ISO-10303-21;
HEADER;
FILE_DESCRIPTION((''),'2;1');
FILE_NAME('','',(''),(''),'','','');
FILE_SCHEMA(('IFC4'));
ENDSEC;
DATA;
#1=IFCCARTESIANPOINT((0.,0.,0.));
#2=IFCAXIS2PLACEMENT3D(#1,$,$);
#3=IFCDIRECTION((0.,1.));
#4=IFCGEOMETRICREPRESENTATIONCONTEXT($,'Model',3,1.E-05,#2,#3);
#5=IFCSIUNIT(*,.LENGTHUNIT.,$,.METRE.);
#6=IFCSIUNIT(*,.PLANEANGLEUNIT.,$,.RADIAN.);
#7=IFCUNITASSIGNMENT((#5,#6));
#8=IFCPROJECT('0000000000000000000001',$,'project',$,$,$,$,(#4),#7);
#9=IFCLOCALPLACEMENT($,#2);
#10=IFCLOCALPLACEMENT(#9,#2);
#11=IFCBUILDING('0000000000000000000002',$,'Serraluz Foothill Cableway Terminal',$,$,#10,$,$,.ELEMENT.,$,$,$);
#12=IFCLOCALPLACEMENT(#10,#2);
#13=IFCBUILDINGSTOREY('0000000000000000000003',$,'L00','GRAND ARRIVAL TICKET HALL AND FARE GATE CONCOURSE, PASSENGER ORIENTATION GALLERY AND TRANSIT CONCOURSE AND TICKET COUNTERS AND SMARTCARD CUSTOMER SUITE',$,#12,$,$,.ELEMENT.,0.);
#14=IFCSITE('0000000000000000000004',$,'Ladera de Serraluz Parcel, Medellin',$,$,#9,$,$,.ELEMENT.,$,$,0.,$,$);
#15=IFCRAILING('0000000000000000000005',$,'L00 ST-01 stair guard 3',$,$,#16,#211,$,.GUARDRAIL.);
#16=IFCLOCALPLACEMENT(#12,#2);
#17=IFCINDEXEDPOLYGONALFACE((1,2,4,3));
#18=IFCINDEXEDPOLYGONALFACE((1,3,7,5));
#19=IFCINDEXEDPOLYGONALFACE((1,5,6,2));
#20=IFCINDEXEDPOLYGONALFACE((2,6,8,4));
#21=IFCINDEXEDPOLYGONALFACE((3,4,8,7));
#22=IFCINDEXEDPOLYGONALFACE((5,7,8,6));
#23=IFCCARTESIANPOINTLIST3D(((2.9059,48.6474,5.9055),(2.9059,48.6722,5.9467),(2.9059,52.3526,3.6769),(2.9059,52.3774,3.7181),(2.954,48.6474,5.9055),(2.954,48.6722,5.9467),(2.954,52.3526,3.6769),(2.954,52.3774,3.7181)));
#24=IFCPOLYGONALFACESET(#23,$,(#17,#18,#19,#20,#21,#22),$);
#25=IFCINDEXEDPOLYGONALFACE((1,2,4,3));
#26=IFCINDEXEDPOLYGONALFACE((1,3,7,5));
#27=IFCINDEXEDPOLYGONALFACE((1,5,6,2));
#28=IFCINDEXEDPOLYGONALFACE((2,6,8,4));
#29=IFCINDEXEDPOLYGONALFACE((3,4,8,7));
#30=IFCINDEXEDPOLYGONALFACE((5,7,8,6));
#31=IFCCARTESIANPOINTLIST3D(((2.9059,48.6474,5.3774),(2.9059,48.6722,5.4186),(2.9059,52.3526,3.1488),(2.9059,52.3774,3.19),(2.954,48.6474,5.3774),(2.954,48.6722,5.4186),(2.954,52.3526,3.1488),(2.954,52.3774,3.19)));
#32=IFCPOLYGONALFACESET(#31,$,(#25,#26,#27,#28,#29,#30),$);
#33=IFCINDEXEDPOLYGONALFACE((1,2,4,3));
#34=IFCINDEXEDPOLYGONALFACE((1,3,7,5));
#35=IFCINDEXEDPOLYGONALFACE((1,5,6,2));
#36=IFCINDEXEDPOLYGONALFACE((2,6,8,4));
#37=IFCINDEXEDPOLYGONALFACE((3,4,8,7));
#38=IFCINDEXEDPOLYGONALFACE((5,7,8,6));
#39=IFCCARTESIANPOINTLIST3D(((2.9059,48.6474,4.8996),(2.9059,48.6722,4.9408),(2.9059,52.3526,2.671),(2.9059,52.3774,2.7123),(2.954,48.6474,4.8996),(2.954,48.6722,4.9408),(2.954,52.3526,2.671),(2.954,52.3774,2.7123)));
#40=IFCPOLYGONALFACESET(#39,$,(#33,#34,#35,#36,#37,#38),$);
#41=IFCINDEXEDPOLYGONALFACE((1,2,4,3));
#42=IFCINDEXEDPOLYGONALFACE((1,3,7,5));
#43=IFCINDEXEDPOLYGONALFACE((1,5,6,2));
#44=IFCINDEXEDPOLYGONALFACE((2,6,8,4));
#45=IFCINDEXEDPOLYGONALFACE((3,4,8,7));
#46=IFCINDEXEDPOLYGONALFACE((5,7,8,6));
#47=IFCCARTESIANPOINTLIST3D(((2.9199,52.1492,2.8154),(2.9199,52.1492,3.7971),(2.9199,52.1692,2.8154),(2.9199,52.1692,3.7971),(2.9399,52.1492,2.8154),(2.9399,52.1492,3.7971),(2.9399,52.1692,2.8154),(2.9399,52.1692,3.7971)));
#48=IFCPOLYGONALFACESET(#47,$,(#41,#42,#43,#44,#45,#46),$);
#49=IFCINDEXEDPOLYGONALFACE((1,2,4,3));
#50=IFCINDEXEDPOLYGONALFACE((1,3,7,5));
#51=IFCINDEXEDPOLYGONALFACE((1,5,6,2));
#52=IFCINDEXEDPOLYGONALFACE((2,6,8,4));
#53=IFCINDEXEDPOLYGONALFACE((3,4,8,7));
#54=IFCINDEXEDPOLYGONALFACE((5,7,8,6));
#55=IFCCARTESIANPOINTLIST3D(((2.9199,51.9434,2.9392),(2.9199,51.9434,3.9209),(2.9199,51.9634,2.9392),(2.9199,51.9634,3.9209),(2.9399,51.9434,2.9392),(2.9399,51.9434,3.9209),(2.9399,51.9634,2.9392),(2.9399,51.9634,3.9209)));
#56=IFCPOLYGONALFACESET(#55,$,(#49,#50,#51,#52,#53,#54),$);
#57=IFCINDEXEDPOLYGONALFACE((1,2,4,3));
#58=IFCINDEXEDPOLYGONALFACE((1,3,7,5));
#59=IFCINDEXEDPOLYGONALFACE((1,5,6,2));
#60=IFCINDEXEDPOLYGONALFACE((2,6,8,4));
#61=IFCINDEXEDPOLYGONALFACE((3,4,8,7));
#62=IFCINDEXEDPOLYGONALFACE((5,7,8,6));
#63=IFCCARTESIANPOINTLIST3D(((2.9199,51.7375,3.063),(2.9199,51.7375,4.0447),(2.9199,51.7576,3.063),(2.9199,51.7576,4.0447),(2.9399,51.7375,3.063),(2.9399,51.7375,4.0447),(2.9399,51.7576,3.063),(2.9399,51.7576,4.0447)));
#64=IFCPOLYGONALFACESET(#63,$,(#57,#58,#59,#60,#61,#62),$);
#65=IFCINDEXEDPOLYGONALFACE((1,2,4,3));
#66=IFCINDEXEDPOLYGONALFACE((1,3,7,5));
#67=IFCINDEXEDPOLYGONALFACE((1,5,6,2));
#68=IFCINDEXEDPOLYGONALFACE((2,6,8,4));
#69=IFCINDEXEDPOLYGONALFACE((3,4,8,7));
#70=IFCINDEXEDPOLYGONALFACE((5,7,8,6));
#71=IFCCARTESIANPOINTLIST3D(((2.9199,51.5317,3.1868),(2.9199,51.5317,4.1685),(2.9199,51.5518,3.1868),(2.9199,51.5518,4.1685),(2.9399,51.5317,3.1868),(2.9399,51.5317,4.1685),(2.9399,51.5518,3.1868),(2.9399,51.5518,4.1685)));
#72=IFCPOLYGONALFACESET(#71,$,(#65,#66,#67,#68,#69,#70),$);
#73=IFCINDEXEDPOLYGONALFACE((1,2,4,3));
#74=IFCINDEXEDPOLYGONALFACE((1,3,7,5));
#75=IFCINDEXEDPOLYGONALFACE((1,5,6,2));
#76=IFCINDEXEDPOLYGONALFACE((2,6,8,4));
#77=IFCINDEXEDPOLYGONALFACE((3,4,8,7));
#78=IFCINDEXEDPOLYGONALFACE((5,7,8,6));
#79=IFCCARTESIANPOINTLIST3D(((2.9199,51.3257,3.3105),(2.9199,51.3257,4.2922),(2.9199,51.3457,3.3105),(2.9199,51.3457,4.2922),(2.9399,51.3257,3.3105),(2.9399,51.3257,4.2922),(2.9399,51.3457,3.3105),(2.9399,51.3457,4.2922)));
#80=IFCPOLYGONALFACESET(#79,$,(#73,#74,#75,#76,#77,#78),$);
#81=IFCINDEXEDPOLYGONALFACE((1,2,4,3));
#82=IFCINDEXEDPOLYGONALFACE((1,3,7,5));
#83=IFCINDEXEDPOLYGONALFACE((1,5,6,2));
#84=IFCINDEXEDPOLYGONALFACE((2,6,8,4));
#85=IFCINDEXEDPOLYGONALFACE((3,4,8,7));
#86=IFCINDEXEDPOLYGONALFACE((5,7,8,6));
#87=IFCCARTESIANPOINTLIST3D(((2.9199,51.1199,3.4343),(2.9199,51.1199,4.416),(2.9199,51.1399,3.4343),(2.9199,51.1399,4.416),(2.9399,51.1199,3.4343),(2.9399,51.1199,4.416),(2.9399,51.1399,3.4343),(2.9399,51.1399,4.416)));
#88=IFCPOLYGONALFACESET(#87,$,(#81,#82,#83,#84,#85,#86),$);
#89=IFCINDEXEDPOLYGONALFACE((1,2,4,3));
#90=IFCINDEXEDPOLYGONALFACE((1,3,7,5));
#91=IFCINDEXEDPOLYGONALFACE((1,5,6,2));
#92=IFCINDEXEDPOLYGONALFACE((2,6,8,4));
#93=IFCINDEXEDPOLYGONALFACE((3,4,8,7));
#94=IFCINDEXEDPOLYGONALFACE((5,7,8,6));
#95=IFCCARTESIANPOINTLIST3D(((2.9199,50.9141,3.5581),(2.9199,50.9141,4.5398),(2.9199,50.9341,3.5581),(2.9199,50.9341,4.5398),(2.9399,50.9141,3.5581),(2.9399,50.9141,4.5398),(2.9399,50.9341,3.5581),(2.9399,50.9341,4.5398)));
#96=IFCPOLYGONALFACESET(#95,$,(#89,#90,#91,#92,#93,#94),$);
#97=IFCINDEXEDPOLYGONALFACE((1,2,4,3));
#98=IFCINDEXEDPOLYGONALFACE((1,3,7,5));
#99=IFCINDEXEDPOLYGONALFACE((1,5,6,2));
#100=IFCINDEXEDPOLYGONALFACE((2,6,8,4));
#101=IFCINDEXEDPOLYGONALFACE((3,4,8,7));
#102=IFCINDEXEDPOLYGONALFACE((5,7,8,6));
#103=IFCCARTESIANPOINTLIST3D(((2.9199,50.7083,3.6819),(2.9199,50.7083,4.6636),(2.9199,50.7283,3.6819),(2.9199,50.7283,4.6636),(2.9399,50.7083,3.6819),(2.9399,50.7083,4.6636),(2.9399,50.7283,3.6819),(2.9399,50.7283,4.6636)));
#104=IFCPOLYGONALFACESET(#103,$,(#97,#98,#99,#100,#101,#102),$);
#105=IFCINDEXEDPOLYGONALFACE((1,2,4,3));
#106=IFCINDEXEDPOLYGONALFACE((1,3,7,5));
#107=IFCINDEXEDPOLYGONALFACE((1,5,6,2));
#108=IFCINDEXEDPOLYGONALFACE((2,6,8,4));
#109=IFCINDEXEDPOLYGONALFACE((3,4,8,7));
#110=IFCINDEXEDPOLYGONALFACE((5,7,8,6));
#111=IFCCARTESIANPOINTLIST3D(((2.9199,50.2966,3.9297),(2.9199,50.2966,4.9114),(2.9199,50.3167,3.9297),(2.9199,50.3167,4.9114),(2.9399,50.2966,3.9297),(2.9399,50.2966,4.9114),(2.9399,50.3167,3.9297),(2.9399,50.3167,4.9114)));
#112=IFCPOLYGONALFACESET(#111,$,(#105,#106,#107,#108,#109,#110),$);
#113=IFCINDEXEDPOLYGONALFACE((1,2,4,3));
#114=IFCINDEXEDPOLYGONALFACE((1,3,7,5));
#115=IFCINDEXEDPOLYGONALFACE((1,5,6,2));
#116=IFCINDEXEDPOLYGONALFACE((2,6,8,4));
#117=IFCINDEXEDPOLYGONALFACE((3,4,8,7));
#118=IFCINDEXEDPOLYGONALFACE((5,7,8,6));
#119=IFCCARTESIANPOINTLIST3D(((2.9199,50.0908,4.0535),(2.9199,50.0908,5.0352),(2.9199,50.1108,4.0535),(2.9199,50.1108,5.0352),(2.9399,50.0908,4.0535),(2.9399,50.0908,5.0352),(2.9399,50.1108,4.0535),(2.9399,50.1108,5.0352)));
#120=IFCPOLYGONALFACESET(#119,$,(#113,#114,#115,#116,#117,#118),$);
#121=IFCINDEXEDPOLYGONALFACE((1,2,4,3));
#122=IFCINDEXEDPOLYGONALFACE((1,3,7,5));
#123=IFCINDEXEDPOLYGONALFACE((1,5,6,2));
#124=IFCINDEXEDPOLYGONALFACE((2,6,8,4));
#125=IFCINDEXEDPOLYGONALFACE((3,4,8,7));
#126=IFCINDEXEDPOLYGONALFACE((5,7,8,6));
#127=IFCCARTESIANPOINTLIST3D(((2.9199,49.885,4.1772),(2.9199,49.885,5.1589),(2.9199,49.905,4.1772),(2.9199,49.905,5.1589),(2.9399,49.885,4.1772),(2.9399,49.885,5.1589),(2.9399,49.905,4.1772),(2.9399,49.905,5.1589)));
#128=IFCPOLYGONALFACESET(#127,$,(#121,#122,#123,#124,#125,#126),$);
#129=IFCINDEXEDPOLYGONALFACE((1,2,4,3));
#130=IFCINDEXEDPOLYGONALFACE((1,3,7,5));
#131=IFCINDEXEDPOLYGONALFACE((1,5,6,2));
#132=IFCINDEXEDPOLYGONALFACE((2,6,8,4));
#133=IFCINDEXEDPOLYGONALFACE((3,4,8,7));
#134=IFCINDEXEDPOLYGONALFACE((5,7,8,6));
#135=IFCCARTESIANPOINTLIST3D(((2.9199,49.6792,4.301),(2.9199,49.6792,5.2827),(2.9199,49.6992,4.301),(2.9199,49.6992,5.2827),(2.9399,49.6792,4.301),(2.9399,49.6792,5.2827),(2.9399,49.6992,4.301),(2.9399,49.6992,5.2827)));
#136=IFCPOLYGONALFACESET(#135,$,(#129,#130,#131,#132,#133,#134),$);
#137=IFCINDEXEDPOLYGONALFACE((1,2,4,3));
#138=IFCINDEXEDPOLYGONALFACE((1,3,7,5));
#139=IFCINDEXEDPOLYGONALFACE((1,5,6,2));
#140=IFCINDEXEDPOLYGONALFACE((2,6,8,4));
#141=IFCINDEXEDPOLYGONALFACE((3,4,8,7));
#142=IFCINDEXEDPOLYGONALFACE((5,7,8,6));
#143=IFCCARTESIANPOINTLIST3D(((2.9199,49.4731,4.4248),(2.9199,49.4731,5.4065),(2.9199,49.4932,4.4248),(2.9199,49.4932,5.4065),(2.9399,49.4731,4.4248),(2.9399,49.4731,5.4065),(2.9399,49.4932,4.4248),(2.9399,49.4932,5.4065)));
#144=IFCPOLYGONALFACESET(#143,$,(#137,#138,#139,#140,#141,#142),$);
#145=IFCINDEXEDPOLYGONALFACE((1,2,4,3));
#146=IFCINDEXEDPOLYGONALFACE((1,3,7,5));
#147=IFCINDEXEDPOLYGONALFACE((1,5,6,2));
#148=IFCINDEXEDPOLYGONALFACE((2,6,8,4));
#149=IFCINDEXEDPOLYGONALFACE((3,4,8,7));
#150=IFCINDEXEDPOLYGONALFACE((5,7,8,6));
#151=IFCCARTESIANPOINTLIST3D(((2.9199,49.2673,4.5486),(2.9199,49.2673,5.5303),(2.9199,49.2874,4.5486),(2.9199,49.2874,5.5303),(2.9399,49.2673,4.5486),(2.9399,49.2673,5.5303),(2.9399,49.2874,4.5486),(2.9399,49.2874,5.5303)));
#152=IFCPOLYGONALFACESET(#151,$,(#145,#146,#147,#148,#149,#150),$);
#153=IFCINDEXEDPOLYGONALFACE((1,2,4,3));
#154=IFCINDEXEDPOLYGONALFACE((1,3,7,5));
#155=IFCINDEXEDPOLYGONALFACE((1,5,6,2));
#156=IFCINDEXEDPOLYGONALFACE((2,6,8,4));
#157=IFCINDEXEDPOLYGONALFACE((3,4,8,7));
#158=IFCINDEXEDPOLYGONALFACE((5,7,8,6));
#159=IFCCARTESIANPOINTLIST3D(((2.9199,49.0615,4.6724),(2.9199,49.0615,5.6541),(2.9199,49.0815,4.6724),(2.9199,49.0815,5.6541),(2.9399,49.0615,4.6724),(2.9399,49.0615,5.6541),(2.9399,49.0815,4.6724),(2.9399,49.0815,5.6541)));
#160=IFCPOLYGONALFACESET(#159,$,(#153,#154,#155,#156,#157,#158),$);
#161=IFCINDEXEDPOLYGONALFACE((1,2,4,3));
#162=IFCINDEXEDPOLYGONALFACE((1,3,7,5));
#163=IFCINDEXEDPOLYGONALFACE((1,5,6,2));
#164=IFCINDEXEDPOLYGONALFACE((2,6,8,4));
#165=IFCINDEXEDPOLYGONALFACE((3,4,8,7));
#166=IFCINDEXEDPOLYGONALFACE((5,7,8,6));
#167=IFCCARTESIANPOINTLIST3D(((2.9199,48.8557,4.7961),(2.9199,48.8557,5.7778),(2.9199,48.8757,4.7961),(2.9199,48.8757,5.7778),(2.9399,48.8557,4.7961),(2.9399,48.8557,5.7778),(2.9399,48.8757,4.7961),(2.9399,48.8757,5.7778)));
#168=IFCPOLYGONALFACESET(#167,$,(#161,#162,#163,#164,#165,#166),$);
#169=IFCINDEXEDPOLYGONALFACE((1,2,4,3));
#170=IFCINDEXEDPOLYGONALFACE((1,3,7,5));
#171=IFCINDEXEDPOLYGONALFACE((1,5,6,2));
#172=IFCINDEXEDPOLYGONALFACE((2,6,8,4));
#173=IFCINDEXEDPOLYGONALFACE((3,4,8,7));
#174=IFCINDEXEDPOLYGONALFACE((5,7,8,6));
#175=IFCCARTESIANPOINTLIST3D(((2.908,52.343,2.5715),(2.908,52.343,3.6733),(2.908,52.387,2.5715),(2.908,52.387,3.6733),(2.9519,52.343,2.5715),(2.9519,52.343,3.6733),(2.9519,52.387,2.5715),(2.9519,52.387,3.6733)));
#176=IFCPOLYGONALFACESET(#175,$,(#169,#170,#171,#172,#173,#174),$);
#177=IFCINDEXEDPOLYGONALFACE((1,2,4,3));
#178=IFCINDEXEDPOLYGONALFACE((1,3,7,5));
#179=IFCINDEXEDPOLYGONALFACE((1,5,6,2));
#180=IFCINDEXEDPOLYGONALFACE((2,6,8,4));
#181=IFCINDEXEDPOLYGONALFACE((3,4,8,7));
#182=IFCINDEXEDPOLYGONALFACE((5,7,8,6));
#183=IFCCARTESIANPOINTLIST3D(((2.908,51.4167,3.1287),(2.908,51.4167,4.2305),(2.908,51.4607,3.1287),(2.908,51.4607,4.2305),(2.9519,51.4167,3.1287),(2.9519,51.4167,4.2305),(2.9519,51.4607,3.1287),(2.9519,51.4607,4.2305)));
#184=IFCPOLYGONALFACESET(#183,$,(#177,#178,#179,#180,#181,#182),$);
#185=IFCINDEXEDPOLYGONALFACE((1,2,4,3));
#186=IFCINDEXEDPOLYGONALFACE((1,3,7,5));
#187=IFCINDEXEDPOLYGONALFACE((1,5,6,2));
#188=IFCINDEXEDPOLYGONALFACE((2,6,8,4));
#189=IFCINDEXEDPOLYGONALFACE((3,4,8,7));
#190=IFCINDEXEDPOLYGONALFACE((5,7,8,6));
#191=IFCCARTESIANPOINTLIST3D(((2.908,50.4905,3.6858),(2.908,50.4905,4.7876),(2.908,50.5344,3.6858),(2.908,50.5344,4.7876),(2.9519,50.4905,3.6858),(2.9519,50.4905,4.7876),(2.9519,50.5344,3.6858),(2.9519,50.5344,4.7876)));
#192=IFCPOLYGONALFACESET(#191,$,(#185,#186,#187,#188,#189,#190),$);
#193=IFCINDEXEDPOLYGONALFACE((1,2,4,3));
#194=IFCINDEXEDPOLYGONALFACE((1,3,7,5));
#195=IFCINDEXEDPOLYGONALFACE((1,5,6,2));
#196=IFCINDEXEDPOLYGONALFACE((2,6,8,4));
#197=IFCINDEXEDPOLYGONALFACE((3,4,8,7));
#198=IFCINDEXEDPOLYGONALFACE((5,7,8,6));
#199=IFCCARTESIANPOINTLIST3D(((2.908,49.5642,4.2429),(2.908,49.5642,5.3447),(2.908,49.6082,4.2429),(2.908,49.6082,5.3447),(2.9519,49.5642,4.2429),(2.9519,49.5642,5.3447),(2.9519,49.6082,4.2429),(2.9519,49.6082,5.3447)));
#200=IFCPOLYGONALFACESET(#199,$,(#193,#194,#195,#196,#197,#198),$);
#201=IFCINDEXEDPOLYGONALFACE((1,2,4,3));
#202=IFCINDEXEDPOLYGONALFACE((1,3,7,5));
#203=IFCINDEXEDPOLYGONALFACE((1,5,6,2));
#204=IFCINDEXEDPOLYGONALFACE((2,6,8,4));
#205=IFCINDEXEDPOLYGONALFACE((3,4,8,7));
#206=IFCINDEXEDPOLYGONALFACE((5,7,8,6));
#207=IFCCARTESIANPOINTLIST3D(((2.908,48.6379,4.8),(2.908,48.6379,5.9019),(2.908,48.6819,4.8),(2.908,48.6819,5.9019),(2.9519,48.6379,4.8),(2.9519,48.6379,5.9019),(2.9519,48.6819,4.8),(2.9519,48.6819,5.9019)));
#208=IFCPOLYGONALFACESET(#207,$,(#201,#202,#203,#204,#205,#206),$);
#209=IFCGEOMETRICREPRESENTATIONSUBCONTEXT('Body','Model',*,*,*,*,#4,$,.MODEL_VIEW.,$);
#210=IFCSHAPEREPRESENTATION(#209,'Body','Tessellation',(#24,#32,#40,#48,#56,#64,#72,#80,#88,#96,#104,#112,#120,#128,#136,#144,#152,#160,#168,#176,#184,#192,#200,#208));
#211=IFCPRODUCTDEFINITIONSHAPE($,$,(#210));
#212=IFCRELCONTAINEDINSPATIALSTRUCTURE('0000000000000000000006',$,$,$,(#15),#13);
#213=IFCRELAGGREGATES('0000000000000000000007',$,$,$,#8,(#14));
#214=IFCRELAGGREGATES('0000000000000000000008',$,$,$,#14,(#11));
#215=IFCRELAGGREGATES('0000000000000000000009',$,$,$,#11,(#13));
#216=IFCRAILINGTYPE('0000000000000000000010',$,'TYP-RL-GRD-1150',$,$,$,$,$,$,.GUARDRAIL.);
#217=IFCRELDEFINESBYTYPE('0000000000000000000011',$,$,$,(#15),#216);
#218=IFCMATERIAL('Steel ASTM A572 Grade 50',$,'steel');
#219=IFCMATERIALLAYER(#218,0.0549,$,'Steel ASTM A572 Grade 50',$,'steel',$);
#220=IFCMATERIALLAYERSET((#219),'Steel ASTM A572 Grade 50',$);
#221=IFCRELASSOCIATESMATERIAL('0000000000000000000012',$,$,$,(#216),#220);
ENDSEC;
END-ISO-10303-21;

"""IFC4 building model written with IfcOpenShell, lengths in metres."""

from ifc_helpers import new_model, si_unit, direction, frame, origin, origin_2d, place, context, subcontext, project, spatial, rectangle, extrude, material, layer, layer_set, type_object, element, save


model = new_model("IFC4")

# Units and contexts
model_context = context("Model", 3, precision=1e-05, world=origin(), true_north=direction((0.0, 1.0)))
body_context = subcontext(model_context, "Body", "Model", "MODEL_VIEW")
ifc_project = project(units=[si_unit("LENGTHUNIT", "METRE"), si_unit("PLANEANGLEUNIT", "RADIAN")], contexts=[model_context])

# Site, building, storey
site_placement = place(None, origin())
site = spatial("IfcSite", under=ifc_project, at=site_placement, Name="Ladera de Serraluz Parcel, Medellin", CompositionType="ELEMENT", RefElevation=0.0)
building_placement = place(site_placement, origin())
building = spatial("IfcBuilding", under=site, at=building_placement, Name="Serraluz Foothill Cableway Terminal", CompositionType="ELEMENT")
storey_placement = place(building_placement, origin())
storey = spatial("IfcBuildingStorey", under=building, at=storey_placement, Name="L00", Description="GRAND ARRIVAL TICKET HALL AND FARE GATE CONCOURSE, PASSENGER ORIENTATION GALLERY AND TRANSIT CONCOURSE AND TICKET COUNTERS AND SMARTCARD CUSTOMER SUITE", CompositionType="ELEMENT", Elevation=0.0)

# Railing
ifc_material_1 = material(Name="Steel ASTM A572 Grade 50", Category="steel")
ifc_layer_1 = layer(ifc_material_1, 0.0549, Name="Steel ASTM A572 Grade 50", Category="steel")
ifc_layer_set_1 = layer_set([ifc_layer_1], Name="Steel ASTM A572 Grade 50")
railing_type_1 = type_object("IfcRailingType", Name="TYP-RL-GRD-1150", PredefinedType="GUARDRAIL", material=ifc_layer_set_1)
railing_1_placement = place(storey_placement, frame((2.9299, 52.365, 2.5715)))
element("IfcRailing", 1, at=railing_1_placement, inside=storey, type_object=railing_type_1, Name="L00 ST-01 stair guard 3", PredefinedType="GUARDRAIL", context=body_context, shape_type="SweptSolid", body=[
    extrude(rectangle(XDim=0.0481, YDim=0.0481, at=origin_2d()), frame((0.0, 0.0, 1.126), z_axis=(0.0, -0.856934, 0.515425), x_axis=(1.0, 0.0, 0.0)), (0.0, 0.0, 1.0), 4.3237),
    extrude(rectangle(XDim=0.0481, YDim=0.0481, at=origin_2d()), frame((0.0, 0.0, 0.5979), z_axis=(0.0, -0.856934, 0.515425), x_axis=(1.0, 0.0, 0.0)), (0.0, 0.0, 1.0), 4.3237),
    extrude(rectangle(XDim=0.0481, YDim=0.0481, at=origin_2d()), frame((0.0, 0.0, 0.1201), z_axis=(0.0, -0.856934, 0.515425), x_axis=(1.0, 0.0, 0.0)), (0.0, 0.0, 1.0), 4.3237),
    extrude(rectangle(XDim=0.02, YDim=0.02, at=origin_2d()), frame((0.0, -0.2058, 0.2439)), (0.0, 0.0, 1.0), 0.9817),
    extrude(rectangle(XDim=0.02, YDim=0.02, at=origin_2d()), frame((0.0, -0.4116, 0.3677)), (0.0, 0.0, 1.0), 0.9817),
    extrude(rectangle(XDim=0.02, YDim=0.02, at=origin_2d()), frame((0.0, -0.6174, 0.4915)), (0.0, 0.0, 1.0), 0.9817),
    extrude(rectangle(XDim=0.02, YDim=0.02, at=origin_2d()), frame((0.0, -0.8232, 0.6152)), (0.0, 0.0, 1.0), 0.9817),
    extrude(rectangle(XDim=0.02, YDim=0.02, at=origin_2d()), frame((0.0, -1.0293, 0.739)), (0.0, 0.0, 1.0), 0.9817),
    extrude(rectangle(XDim=0.02, YDim=0.02, at=origin_2d()), frame((0.0, -1.2351, 0.8628)), (0.0, 0.0, 1.0), 0.9817),
    extrude(rectangle(XDim=0.02, YDim=0.02, at=origin_2d()), frame((0.0, -1.4409, 0.9866)), (0.0, 0.0, 1.0), 0.9817),
    extrude(rectangle(XDim=0.02, YDim=0.02, at=origin_2d()), frame((0.0, -1.6467, 1.1104)), (0.0, 0.0, 1.0), 0.9817),
    extrude(rectangle(XDim=0.02, YDim=0.02, at=origin_2d()), frame((0.0, -2.0583, 1.3582)), (0.0, 0.0, 1.0), 0.9817),
    extrude(rectangle(XDim=0.02, YDim=0.02, at=origin_2d()), frame((0.0, -2.2642, 1.4819)), (0.0, 0.0, 1.0), 0.9817),
    extrude(rectangle(XDim=0.02, YDim=0.02, at=origin_2d()), frame((0.0, -2.47, 1.6057)), (0.0, 0.0, 1.0), 0.9817),
    extrude(rectangle(XDim=0.02, YDim=0.02, at=origin_2d()), frame((0.0, -2.6758, 1.7295)), (0.0, 0.0, 1.0), 0.9817),
    extrude(rectangle(XDim=0.02, YDim=0.02, at=origin_2d()), frame((0.0, -2.8818, 1.8533)), (0.0, 0.0, 1.0), 0.9817),
    extrude(rectangle(XDim=0.02, YDim=0.02, at=origin_2d()), frame((0.0, -3.0876, 1.9771)), (0.0, 0.0, 1.0), 0.9817),
    extrude(rectangle(XDim=0.02, YDim=0.02, at=origin_2d()), frame((0.0, -3.2935, 2.1008)), (0.0, 0.0, 1.0), 0.9817),
    extrude(rectangle(XDim=0.02, YDim=0.02, at=origin_2d()), frame((0.0, -3.4993, 2.2246)), (0.0, 0.0, 1.0), 0.9817),
    extrude(rectangle(XDim=0.0439, YDim=0.0439, at=origin_2d()), origin(), (0.0, 0.0, 1.0), 1.1018),
    extrude(rectangle(XDim=0.0439, YDim=0.0439, at=origin_2d()), frame((0.0, -0.9263, 0.5571)), (0.0, 0.0, 1.0), 1.1018),
    extrude(rectangle(XDim=0.0439, YDim=0.0439, at=origin_2d()), frame((0.0, -1.8525, 1.1143)), (0.0, 0.0, 1.0), 1.1018),
    extrude(rectangle(XDim=0.0439, YDim=0.0439, at=origin_2d()), frame((0.0, -2.7788, 1.6714)), (0.0, 0.0, 1.0), 1.1018),
    extrude(rectangle(XDim=0.0439, YDim=0.0439, at=origin_2d()), frame((0.0, -3.7051, 2.2285)), (0.0, 0.0, 1.0), 1.1018),
])

save(model, "model.ifc")
